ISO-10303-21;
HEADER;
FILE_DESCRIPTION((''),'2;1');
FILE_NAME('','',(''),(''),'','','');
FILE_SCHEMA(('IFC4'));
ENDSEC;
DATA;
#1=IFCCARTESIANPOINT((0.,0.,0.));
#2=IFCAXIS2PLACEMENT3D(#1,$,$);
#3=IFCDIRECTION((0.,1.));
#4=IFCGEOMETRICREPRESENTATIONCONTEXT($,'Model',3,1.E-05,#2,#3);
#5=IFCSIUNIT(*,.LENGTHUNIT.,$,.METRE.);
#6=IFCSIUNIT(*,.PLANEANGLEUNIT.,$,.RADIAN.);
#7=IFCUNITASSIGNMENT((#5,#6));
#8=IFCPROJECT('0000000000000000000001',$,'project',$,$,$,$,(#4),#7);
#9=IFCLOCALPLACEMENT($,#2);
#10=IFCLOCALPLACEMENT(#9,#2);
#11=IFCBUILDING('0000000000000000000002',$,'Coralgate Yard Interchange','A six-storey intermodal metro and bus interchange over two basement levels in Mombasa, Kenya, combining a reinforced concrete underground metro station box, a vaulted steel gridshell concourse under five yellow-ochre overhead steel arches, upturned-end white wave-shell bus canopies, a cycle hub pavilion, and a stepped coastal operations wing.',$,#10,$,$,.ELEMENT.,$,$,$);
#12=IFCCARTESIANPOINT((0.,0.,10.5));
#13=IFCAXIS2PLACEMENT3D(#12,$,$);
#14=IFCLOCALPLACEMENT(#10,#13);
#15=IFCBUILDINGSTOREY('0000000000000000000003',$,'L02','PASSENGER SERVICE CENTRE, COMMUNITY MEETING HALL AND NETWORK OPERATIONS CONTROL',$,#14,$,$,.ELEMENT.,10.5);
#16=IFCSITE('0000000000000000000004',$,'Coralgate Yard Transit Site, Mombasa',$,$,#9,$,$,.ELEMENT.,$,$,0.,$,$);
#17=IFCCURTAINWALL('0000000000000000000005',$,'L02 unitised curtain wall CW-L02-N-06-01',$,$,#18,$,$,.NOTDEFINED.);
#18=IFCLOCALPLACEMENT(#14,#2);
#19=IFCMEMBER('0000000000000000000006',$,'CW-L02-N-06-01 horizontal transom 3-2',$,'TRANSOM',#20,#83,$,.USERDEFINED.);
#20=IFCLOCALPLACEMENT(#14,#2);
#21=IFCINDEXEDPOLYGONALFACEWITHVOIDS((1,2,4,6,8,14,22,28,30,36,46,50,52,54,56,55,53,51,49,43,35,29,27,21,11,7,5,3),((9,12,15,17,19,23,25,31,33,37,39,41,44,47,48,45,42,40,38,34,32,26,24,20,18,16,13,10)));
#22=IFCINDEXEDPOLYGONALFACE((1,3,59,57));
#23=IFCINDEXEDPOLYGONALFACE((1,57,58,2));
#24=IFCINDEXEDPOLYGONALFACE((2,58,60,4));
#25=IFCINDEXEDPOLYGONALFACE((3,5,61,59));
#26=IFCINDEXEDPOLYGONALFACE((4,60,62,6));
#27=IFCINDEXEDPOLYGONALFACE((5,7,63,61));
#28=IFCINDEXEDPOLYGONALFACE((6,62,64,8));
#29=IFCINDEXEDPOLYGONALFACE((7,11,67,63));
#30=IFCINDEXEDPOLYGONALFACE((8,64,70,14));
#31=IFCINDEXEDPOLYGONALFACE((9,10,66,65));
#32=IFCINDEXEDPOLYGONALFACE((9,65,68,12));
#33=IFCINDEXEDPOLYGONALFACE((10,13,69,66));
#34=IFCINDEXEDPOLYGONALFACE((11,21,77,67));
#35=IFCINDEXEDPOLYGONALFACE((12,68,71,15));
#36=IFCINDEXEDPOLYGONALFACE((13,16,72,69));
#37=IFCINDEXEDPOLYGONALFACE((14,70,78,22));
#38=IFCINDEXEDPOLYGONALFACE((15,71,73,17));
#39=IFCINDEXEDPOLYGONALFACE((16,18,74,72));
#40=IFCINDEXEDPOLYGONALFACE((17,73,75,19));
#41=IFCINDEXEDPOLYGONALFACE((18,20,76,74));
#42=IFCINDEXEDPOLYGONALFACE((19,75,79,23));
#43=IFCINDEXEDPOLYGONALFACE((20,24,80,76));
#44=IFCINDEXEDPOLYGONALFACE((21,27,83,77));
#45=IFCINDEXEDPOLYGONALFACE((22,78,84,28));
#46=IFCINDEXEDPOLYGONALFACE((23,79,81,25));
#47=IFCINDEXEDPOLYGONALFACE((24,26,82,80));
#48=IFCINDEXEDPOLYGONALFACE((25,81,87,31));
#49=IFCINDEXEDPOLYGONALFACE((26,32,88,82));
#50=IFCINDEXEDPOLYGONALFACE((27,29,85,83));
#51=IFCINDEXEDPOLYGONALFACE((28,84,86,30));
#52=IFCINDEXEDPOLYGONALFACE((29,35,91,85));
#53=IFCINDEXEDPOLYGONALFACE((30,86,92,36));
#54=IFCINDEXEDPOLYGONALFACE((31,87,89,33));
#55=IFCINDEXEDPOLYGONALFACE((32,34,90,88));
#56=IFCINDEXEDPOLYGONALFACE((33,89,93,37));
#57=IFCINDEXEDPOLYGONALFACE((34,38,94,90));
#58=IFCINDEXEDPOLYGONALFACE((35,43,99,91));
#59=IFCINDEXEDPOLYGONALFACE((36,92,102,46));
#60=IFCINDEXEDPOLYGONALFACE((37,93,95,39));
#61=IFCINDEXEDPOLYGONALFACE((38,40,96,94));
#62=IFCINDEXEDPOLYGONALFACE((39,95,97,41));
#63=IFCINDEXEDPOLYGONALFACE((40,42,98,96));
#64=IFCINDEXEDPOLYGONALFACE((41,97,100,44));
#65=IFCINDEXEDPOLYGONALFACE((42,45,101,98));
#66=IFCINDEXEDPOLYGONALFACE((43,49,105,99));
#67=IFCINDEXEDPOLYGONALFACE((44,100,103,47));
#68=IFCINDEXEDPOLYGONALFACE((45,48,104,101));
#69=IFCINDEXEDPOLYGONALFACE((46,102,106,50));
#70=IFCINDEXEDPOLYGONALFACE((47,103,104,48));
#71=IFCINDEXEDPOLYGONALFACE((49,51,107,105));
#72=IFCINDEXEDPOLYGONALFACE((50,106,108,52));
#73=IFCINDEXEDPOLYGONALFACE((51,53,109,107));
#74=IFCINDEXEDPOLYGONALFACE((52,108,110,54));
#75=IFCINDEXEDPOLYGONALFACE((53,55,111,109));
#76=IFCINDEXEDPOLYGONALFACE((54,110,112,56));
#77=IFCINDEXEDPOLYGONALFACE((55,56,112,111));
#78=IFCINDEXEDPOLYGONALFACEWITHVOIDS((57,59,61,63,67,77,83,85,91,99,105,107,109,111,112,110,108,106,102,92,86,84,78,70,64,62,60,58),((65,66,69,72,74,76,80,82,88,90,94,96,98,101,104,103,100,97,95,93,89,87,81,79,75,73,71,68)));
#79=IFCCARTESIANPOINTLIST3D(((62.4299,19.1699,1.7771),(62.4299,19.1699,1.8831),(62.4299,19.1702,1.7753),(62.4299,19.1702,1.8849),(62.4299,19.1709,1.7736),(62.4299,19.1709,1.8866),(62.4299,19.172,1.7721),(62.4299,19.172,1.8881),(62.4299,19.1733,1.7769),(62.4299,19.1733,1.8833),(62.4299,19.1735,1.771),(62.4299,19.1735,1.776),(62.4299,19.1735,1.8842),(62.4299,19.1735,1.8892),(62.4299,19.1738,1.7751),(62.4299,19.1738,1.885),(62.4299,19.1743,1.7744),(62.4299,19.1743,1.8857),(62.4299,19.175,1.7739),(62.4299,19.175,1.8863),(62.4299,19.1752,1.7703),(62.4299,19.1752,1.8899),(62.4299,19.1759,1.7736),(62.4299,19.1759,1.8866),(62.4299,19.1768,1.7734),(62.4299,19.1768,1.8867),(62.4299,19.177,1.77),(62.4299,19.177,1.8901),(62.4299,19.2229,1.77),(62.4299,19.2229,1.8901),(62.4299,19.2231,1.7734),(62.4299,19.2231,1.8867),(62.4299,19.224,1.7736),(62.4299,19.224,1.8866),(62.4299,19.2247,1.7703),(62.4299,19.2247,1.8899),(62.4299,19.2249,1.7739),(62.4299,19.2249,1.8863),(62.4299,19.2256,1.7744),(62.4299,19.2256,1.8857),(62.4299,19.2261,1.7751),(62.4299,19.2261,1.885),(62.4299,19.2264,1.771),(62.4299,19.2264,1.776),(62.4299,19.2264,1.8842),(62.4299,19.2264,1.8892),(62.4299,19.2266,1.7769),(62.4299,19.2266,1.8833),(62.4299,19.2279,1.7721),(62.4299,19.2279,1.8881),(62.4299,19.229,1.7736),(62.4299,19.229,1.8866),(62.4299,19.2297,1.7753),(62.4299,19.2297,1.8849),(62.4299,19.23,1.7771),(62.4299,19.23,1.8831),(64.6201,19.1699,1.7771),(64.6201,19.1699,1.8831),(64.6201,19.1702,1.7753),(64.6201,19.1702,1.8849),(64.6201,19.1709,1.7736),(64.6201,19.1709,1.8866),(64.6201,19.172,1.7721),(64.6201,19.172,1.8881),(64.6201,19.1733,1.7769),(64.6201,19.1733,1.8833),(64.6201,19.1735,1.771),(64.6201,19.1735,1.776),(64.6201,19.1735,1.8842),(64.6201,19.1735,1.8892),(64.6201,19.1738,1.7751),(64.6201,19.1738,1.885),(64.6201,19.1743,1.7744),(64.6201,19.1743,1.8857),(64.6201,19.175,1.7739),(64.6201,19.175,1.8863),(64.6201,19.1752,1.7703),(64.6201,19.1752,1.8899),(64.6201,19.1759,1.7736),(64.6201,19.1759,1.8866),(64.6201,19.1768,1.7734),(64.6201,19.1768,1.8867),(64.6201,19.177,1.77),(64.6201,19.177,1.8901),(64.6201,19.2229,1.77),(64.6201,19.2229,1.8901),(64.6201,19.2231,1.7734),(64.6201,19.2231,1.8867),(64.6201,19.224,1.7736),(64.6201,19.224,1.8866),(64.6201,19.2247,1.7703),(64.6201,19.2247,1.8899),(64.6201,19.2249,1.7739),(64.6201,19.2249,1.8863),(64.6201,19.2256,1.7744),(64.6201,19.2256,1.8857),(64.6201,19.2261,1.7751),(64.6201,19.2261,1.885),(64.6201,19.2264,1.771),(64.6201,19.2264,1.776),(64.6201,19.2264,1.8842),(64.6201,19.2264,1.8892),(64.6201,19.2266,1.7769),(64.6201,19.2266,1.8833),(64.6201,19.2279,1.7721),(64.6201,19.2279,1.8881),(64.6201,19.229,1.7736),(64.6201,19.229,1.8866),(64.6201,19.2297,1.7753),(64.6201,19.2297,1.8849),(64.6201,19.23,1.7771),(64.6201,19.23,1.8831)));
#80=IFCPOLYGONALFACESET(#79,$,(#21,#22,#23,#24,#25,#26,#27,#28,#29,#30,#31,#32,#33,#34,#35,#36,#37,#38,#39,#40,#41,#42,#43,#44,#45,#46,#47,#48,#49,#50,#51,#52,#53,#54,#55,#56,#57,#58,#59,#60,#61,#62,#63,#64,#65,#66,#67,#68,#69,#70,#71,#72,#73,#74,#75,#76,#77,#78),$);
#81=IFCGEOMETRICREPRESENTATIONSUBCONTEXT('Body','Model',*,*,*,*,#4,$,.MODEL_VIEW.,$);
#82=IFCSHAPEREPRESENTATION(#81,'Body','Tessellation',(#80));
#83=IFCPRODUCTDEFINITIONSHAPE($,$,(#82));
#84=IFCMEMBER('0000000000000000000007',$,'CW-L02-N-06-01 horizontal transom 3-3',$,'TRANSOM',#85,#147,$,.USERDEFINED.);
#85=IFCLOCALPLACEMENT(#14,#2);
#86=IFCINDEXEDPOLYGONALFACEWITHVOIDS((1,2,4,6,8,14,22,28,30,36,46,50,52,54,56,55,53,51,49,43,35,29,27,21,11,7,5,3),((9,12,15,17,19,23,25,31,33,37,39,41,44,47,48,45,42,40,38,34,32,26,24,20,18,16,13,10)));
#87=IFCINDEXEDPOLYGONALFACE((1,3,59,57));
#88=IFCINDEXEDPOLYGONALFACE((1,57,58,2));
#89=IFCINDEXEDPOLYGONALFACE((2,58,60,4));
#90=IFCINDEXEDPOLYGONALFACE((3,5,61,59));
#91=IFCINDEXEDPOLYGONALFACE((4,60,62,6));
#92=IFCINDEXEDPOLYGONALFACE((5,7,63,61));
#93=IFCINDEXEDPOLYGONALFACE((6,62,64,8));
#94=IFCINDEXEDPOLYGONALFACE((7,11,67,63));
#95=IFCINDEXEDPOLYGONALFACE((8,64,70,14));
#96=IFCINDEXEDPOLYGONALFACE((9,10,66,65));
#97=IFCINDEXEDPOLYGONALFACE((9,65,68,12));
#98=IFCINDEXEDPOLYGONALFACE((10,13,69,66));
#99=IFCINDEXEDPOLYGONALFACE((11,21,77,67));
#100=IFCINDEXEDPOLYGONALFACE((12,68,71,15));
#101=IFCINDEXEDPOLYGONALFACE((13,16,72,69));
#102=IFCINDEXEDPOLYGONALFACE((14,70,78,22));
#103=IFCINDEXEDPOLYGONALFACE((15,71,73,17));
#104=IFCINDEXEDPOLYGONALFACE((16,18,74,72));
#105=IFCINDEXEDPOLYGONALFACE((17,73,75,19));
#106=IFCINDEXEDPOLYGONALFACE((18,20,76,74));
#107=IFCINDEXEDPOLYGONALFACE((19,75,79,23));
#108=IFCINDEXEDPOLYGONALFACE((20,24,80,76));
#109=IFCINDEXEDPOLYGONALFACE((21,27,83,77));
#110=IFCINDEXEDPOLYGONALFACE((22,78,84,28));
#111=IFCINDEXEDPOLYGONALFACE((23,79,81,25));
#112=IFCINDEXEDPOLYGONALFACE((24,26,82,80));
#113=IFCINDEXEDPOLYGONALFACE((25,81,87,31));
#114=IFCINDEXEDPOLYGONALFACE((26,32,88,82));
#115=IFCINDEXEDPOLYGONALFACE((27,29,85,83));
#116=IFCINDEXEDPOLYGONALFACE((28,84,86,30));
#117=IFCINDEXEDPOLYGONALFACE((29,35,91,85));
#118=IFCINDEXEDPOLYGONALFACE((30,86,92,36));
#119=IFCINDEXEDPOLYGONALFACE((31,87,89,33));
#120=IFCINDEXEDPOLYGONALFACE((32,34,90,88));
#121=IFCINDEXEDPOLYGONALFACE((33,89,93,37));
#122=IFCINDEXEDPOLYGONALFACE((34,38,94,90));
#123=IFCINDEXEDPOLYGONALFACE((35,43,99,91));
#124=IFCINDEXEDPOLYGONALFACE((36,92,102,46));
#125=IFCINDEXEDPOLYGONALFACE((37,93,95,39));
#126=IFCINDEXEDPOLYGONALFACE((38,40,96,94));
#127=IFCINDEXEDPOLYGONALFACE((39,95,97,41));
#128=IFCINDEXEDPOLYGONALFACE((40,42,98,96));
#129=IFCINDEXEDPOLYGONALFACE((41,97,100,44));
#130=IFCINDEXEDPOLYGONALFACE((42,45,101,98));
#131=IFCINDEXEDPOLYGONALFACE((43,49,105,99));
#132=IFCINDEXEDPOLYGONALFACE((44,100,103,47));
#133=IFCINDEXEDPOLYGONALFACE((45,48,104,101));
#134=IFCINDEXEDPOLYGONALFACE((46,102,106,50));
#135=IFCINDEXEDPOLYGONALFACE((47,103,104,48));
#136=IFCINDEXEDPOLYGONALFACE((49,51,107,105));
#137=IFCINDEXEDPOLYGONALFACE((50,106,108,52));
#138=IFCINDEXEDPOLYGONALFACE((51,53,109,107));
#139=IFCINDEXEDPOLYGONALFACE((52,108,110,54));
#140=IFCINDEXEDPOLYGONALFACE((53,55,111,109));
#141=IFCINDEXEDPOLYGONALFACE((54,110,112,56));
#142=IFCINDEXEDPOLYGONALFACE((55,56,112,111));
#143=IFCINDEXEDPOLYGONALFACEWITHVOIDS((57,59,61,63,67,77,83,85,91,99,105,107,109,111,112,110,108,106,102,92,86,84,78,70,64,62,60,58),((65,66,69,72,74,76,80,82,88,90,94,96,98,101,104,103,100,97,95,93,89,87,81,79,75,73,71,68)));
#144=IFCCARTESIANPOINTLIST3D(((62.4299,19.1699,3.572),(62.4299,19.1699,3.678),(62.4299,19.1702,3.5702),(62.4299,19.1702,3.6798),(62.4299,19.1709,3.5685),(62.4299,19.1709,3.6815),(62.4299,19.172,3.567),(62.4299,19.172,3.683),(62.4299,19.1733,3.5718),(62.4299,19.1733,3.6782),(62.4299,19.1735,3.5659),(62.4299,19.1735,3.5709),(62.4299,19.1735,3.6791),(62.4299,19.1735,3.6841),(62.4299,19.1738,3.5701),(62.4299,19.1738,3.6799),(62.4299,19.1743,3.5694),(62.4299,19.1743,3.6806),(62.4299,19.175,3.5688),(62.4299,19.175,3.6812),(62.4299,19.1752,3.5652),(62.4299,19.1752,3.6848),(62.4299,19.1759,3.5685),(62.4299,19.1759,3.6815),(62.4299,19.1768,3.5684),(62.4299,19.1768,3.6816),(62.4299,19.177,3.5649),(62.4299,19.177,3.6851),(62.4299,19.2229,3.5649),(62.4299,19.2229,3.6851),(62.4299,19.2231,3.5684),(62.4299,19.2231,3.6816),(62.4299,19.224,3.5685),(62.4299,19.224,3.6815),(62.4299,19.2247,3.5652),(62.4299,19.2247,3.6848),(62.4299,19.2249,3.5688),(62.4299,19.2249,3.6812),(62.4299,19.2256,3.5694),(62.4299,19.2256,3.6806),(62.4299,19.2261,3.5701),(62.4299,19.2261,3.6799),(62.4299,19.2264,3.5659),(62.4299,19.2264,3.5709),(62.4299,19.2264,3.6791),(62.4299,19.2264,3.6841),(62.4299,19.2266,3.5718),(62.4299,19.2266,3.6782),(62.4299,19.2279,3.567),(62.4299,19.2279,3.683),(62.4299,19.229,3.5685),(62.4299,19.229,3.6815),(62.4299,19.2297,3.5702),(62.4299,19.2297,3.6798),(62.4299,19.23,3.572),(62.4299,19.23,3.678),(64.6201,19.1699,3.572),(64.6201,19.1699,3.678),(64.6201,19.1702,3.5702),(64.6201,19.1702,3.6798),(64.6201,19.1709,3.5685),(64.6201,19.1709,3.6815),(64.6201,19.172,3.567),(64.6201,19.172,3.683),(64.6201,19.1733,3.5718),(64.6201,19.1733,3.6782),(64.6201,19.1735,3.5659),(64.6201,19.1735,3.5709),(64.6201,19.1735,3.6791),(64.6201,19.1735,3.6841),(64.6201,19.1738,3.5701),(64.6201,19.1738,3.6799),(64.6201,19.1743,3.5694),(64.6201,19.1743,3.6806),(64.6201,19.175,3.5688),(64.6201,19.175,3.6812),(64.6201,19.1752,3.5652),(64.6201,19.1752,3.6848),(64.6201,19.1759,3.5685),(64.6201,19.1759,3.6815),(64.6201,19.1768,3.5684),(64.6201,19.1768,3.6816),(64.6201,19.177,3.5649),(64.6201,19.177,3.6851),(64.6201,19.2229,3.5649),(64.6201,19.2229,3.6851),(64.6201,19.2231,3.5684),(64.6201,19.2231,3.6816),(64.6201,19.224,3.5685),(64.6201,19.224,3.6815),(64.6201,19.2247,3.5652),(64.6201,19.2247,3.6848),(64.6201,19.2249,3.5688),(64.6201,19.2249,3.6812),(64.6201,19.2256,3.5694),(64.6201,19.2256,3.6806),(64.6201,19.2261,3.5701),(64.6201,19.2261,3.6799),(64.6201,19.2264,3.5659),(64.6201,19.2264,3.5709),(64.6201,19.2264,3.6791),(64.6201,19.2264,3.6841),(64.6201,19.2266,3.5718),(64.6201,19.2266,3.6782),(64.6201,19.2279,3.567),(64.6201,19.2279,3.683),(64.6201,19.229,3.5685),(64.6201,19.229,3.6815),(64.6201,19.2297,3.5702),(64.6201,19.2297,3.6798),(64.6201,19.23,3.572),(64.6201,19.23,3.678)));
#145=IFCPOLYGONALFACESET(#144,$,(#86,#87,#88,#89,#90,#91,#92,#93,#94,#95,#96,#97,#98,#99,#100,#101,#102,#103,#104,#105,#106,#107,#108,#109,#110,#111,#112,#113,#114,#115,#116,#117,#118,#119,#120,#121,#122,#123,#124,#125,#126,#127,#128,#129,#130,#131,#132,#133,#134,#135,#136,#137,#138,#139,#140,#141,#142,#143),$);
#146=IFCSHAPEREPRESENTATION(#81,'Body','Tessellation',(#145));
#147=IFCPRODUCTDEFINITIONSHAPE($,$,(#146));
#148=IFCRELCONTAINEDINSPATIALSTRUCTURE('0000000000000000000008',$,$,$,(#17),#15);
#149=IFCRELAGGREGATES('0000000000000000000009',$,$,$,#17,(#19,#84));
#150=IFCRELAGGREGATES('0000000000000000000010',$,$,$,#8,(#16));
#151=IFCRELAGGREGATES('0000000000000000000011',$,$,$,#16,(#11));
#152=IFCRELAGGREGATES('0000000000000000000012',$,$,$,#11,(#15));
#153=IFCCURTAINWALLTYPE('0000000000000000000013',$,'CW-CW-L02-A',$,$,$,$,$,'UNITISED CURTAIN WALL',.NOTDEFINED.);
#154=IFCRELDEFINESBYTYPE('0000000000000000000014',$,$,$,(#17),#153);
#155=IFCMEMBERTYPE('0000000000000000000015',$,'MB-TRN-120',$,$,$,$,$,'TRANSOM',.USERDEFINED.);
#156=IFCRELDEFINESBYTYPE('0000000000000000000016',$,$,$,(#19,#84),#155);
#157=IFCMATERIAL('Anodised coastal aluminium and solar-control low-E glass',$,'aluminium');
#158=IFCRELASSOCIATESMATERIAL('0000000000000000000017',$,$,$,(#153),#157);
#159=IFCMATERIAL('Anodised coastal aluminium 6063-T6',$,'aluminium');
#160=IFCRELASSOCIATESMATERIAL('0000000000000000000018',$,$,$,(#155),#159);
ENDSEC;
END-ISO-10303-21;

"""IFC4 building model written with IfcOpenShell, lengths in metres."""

from ifc_helpers import new_model, si_unit, direction, frame, origin, origin_2d, place, context, subcontext, project, spatial, hollow_rectangle, extrude, material, material_profile, profile_set, type_object, element, aggregate, save


model = new_model("IFC4")

# Units and contexts
model_context = context("Model", 3, precision=1e-05, world=origin(), true_north=direction((0.0, 1.0)))
body_context = subcontext(model_context, "Body", "Model", "MODEL_VIEW")
ifc_project = project(units=[si_unit("LENGTHUNIT", "METRE"), si_unit("PLANEANGLEUNIT", "RADIAN")], contexts=[model_context])

# Site, building, storey
site_placement = place(None, origin())
site = spatial("IfcSite", under=ifc_project, at=site_placement, Name="Coralgate Yard Transit Site, Mombasa", CompositionType="ELEMENT", RefElevation=0.0)
building_placement = place(site_placement, origin())
building = spatial("IfcBuilding", under=site, at=building_placement, Name="Coralgate Yard Interchange", Description="A six-storey intermodal metro and bus interchange over two basement levels in Mombasa, Kenya, combining a reinforced concrete underground metro station box, a vaulted steel gridshell concourse under five yellow-ochre overhead steel arches, upturned-end white wave-shell bus canopies, a cycle hub pavilion, and a stepped coastal operations wing.", CompositionType="ELEMENT")
storey_placement = place(building_placement, frame((0.0, 0.0, 10.5)))
storey = spatial("IfcBuildingStorey", under=building, at=storey_placement, Name="L02", Description="PASSENGER SERVICE CENTRE, COMMUNITY MEETING HALL AND NETWORK OPERATIONS CONTROL", CompositionType="ELEMENT", Elevation=10.5)

# Shared definitions
ifc_material_1 = material(Name="Anodised coastal aluminium and solar-control low-E glass", Category="aluminium")
curtain_wall_type = type_object("IfcCurtainWallType", Name="CW-CW-L02-A", ElementType="UNITISED CURTAIN WALL", PredefinedType="NOTDEFINED", material=ifc_material_1)
ifc_material_2 = material(Name="Anodised coastal aluminium 6063-T6", Category="aluminium")

# Curtain wall, members
curtain_wall_1_placement = place(storey_placement, origin())
curtain_wall_1 = element("IfcCurtainWall", 1, at=curtain_wall_1_placement, inside=storey, type_object=curtain_wall_type, Name="L02 unitised curtain wall CW-L02-N-06-01", PredefinedType="NOTDEFINED")
ifc_material_profile_1 = material_profile(ifc_material_2, hollow_rectangle(XDim=0.0601, YDim=0.1201, WallThickness=0.0034, InnerFilletRadius=0.0034, OuterFilletRadius=0.0071, at=origin_2d()), Name="ALU 60x120x3.5")
ifc_profile_set_1 = profile_set([ifc_material_profile_1], Name="Anodised coastal aluminium 6063-T6")
member_type_1 = type_object("IfcMemberType", Name="MB-TRN-120", ElementType="TRANSOM", PredefinedType="USERDEFINED", material=ifc_profile_set_1)
member_1_placement = place(storey_placement, frame((62.4299, 19.2, 1.8301), z_axis=(1.0, 0.0, 0.0), x_axis=(0.0, 1.0, 0.0)))
member_1 = element("IfcMember", 2, at=member_1_placement, type_object=member_type_1, Name="CW-L02-N-06-01 horizontal transom 3-2", ObjectType="TRANSOM", PredefinedType="USERDEFINED", context=body_context, shape_type="SweptSolid", body=[
    extrude(hollow_rectangle(XDim=0.0601, YDim=0.1201, WallThickness=0.0034, InnerFilletRadius=0.0034, OuterFilletRadius=0.0071, at=origin_2d()), origin(), (0.0, 0.0, 1.0), 2.1902),
])
member_2_placement = place(storey_placement, frame((62.4299, 19.2, 3.625), z_axis=(1.0, 0.0, 0.0), x_axis=(0.0, 1.0, 0.0)))
member_2 = element("IfcMember", 3, at=member_2_placement, type_object=member_type_1, Name="CW-L02-N-06-01 horizontal transom 3-3", ObjectType="TRANSOM", PredefinedType="USERDEFINED", context=body_context, shape_type="SweptSolid", body=[
    extrude(hollow_rectangle(XDim=0.0601, YDim=0.1201, WallThickness=0.0034, InnerFilletRadius=0.0034, OuterFilletRadius=0.0071, at=origin_2d()), origin(), (0.0, 0.0, 1.0), 2.1902),
])
aggregate(curtain_wall_1, [member_1, member_2])

save(model, "model.ifc")
